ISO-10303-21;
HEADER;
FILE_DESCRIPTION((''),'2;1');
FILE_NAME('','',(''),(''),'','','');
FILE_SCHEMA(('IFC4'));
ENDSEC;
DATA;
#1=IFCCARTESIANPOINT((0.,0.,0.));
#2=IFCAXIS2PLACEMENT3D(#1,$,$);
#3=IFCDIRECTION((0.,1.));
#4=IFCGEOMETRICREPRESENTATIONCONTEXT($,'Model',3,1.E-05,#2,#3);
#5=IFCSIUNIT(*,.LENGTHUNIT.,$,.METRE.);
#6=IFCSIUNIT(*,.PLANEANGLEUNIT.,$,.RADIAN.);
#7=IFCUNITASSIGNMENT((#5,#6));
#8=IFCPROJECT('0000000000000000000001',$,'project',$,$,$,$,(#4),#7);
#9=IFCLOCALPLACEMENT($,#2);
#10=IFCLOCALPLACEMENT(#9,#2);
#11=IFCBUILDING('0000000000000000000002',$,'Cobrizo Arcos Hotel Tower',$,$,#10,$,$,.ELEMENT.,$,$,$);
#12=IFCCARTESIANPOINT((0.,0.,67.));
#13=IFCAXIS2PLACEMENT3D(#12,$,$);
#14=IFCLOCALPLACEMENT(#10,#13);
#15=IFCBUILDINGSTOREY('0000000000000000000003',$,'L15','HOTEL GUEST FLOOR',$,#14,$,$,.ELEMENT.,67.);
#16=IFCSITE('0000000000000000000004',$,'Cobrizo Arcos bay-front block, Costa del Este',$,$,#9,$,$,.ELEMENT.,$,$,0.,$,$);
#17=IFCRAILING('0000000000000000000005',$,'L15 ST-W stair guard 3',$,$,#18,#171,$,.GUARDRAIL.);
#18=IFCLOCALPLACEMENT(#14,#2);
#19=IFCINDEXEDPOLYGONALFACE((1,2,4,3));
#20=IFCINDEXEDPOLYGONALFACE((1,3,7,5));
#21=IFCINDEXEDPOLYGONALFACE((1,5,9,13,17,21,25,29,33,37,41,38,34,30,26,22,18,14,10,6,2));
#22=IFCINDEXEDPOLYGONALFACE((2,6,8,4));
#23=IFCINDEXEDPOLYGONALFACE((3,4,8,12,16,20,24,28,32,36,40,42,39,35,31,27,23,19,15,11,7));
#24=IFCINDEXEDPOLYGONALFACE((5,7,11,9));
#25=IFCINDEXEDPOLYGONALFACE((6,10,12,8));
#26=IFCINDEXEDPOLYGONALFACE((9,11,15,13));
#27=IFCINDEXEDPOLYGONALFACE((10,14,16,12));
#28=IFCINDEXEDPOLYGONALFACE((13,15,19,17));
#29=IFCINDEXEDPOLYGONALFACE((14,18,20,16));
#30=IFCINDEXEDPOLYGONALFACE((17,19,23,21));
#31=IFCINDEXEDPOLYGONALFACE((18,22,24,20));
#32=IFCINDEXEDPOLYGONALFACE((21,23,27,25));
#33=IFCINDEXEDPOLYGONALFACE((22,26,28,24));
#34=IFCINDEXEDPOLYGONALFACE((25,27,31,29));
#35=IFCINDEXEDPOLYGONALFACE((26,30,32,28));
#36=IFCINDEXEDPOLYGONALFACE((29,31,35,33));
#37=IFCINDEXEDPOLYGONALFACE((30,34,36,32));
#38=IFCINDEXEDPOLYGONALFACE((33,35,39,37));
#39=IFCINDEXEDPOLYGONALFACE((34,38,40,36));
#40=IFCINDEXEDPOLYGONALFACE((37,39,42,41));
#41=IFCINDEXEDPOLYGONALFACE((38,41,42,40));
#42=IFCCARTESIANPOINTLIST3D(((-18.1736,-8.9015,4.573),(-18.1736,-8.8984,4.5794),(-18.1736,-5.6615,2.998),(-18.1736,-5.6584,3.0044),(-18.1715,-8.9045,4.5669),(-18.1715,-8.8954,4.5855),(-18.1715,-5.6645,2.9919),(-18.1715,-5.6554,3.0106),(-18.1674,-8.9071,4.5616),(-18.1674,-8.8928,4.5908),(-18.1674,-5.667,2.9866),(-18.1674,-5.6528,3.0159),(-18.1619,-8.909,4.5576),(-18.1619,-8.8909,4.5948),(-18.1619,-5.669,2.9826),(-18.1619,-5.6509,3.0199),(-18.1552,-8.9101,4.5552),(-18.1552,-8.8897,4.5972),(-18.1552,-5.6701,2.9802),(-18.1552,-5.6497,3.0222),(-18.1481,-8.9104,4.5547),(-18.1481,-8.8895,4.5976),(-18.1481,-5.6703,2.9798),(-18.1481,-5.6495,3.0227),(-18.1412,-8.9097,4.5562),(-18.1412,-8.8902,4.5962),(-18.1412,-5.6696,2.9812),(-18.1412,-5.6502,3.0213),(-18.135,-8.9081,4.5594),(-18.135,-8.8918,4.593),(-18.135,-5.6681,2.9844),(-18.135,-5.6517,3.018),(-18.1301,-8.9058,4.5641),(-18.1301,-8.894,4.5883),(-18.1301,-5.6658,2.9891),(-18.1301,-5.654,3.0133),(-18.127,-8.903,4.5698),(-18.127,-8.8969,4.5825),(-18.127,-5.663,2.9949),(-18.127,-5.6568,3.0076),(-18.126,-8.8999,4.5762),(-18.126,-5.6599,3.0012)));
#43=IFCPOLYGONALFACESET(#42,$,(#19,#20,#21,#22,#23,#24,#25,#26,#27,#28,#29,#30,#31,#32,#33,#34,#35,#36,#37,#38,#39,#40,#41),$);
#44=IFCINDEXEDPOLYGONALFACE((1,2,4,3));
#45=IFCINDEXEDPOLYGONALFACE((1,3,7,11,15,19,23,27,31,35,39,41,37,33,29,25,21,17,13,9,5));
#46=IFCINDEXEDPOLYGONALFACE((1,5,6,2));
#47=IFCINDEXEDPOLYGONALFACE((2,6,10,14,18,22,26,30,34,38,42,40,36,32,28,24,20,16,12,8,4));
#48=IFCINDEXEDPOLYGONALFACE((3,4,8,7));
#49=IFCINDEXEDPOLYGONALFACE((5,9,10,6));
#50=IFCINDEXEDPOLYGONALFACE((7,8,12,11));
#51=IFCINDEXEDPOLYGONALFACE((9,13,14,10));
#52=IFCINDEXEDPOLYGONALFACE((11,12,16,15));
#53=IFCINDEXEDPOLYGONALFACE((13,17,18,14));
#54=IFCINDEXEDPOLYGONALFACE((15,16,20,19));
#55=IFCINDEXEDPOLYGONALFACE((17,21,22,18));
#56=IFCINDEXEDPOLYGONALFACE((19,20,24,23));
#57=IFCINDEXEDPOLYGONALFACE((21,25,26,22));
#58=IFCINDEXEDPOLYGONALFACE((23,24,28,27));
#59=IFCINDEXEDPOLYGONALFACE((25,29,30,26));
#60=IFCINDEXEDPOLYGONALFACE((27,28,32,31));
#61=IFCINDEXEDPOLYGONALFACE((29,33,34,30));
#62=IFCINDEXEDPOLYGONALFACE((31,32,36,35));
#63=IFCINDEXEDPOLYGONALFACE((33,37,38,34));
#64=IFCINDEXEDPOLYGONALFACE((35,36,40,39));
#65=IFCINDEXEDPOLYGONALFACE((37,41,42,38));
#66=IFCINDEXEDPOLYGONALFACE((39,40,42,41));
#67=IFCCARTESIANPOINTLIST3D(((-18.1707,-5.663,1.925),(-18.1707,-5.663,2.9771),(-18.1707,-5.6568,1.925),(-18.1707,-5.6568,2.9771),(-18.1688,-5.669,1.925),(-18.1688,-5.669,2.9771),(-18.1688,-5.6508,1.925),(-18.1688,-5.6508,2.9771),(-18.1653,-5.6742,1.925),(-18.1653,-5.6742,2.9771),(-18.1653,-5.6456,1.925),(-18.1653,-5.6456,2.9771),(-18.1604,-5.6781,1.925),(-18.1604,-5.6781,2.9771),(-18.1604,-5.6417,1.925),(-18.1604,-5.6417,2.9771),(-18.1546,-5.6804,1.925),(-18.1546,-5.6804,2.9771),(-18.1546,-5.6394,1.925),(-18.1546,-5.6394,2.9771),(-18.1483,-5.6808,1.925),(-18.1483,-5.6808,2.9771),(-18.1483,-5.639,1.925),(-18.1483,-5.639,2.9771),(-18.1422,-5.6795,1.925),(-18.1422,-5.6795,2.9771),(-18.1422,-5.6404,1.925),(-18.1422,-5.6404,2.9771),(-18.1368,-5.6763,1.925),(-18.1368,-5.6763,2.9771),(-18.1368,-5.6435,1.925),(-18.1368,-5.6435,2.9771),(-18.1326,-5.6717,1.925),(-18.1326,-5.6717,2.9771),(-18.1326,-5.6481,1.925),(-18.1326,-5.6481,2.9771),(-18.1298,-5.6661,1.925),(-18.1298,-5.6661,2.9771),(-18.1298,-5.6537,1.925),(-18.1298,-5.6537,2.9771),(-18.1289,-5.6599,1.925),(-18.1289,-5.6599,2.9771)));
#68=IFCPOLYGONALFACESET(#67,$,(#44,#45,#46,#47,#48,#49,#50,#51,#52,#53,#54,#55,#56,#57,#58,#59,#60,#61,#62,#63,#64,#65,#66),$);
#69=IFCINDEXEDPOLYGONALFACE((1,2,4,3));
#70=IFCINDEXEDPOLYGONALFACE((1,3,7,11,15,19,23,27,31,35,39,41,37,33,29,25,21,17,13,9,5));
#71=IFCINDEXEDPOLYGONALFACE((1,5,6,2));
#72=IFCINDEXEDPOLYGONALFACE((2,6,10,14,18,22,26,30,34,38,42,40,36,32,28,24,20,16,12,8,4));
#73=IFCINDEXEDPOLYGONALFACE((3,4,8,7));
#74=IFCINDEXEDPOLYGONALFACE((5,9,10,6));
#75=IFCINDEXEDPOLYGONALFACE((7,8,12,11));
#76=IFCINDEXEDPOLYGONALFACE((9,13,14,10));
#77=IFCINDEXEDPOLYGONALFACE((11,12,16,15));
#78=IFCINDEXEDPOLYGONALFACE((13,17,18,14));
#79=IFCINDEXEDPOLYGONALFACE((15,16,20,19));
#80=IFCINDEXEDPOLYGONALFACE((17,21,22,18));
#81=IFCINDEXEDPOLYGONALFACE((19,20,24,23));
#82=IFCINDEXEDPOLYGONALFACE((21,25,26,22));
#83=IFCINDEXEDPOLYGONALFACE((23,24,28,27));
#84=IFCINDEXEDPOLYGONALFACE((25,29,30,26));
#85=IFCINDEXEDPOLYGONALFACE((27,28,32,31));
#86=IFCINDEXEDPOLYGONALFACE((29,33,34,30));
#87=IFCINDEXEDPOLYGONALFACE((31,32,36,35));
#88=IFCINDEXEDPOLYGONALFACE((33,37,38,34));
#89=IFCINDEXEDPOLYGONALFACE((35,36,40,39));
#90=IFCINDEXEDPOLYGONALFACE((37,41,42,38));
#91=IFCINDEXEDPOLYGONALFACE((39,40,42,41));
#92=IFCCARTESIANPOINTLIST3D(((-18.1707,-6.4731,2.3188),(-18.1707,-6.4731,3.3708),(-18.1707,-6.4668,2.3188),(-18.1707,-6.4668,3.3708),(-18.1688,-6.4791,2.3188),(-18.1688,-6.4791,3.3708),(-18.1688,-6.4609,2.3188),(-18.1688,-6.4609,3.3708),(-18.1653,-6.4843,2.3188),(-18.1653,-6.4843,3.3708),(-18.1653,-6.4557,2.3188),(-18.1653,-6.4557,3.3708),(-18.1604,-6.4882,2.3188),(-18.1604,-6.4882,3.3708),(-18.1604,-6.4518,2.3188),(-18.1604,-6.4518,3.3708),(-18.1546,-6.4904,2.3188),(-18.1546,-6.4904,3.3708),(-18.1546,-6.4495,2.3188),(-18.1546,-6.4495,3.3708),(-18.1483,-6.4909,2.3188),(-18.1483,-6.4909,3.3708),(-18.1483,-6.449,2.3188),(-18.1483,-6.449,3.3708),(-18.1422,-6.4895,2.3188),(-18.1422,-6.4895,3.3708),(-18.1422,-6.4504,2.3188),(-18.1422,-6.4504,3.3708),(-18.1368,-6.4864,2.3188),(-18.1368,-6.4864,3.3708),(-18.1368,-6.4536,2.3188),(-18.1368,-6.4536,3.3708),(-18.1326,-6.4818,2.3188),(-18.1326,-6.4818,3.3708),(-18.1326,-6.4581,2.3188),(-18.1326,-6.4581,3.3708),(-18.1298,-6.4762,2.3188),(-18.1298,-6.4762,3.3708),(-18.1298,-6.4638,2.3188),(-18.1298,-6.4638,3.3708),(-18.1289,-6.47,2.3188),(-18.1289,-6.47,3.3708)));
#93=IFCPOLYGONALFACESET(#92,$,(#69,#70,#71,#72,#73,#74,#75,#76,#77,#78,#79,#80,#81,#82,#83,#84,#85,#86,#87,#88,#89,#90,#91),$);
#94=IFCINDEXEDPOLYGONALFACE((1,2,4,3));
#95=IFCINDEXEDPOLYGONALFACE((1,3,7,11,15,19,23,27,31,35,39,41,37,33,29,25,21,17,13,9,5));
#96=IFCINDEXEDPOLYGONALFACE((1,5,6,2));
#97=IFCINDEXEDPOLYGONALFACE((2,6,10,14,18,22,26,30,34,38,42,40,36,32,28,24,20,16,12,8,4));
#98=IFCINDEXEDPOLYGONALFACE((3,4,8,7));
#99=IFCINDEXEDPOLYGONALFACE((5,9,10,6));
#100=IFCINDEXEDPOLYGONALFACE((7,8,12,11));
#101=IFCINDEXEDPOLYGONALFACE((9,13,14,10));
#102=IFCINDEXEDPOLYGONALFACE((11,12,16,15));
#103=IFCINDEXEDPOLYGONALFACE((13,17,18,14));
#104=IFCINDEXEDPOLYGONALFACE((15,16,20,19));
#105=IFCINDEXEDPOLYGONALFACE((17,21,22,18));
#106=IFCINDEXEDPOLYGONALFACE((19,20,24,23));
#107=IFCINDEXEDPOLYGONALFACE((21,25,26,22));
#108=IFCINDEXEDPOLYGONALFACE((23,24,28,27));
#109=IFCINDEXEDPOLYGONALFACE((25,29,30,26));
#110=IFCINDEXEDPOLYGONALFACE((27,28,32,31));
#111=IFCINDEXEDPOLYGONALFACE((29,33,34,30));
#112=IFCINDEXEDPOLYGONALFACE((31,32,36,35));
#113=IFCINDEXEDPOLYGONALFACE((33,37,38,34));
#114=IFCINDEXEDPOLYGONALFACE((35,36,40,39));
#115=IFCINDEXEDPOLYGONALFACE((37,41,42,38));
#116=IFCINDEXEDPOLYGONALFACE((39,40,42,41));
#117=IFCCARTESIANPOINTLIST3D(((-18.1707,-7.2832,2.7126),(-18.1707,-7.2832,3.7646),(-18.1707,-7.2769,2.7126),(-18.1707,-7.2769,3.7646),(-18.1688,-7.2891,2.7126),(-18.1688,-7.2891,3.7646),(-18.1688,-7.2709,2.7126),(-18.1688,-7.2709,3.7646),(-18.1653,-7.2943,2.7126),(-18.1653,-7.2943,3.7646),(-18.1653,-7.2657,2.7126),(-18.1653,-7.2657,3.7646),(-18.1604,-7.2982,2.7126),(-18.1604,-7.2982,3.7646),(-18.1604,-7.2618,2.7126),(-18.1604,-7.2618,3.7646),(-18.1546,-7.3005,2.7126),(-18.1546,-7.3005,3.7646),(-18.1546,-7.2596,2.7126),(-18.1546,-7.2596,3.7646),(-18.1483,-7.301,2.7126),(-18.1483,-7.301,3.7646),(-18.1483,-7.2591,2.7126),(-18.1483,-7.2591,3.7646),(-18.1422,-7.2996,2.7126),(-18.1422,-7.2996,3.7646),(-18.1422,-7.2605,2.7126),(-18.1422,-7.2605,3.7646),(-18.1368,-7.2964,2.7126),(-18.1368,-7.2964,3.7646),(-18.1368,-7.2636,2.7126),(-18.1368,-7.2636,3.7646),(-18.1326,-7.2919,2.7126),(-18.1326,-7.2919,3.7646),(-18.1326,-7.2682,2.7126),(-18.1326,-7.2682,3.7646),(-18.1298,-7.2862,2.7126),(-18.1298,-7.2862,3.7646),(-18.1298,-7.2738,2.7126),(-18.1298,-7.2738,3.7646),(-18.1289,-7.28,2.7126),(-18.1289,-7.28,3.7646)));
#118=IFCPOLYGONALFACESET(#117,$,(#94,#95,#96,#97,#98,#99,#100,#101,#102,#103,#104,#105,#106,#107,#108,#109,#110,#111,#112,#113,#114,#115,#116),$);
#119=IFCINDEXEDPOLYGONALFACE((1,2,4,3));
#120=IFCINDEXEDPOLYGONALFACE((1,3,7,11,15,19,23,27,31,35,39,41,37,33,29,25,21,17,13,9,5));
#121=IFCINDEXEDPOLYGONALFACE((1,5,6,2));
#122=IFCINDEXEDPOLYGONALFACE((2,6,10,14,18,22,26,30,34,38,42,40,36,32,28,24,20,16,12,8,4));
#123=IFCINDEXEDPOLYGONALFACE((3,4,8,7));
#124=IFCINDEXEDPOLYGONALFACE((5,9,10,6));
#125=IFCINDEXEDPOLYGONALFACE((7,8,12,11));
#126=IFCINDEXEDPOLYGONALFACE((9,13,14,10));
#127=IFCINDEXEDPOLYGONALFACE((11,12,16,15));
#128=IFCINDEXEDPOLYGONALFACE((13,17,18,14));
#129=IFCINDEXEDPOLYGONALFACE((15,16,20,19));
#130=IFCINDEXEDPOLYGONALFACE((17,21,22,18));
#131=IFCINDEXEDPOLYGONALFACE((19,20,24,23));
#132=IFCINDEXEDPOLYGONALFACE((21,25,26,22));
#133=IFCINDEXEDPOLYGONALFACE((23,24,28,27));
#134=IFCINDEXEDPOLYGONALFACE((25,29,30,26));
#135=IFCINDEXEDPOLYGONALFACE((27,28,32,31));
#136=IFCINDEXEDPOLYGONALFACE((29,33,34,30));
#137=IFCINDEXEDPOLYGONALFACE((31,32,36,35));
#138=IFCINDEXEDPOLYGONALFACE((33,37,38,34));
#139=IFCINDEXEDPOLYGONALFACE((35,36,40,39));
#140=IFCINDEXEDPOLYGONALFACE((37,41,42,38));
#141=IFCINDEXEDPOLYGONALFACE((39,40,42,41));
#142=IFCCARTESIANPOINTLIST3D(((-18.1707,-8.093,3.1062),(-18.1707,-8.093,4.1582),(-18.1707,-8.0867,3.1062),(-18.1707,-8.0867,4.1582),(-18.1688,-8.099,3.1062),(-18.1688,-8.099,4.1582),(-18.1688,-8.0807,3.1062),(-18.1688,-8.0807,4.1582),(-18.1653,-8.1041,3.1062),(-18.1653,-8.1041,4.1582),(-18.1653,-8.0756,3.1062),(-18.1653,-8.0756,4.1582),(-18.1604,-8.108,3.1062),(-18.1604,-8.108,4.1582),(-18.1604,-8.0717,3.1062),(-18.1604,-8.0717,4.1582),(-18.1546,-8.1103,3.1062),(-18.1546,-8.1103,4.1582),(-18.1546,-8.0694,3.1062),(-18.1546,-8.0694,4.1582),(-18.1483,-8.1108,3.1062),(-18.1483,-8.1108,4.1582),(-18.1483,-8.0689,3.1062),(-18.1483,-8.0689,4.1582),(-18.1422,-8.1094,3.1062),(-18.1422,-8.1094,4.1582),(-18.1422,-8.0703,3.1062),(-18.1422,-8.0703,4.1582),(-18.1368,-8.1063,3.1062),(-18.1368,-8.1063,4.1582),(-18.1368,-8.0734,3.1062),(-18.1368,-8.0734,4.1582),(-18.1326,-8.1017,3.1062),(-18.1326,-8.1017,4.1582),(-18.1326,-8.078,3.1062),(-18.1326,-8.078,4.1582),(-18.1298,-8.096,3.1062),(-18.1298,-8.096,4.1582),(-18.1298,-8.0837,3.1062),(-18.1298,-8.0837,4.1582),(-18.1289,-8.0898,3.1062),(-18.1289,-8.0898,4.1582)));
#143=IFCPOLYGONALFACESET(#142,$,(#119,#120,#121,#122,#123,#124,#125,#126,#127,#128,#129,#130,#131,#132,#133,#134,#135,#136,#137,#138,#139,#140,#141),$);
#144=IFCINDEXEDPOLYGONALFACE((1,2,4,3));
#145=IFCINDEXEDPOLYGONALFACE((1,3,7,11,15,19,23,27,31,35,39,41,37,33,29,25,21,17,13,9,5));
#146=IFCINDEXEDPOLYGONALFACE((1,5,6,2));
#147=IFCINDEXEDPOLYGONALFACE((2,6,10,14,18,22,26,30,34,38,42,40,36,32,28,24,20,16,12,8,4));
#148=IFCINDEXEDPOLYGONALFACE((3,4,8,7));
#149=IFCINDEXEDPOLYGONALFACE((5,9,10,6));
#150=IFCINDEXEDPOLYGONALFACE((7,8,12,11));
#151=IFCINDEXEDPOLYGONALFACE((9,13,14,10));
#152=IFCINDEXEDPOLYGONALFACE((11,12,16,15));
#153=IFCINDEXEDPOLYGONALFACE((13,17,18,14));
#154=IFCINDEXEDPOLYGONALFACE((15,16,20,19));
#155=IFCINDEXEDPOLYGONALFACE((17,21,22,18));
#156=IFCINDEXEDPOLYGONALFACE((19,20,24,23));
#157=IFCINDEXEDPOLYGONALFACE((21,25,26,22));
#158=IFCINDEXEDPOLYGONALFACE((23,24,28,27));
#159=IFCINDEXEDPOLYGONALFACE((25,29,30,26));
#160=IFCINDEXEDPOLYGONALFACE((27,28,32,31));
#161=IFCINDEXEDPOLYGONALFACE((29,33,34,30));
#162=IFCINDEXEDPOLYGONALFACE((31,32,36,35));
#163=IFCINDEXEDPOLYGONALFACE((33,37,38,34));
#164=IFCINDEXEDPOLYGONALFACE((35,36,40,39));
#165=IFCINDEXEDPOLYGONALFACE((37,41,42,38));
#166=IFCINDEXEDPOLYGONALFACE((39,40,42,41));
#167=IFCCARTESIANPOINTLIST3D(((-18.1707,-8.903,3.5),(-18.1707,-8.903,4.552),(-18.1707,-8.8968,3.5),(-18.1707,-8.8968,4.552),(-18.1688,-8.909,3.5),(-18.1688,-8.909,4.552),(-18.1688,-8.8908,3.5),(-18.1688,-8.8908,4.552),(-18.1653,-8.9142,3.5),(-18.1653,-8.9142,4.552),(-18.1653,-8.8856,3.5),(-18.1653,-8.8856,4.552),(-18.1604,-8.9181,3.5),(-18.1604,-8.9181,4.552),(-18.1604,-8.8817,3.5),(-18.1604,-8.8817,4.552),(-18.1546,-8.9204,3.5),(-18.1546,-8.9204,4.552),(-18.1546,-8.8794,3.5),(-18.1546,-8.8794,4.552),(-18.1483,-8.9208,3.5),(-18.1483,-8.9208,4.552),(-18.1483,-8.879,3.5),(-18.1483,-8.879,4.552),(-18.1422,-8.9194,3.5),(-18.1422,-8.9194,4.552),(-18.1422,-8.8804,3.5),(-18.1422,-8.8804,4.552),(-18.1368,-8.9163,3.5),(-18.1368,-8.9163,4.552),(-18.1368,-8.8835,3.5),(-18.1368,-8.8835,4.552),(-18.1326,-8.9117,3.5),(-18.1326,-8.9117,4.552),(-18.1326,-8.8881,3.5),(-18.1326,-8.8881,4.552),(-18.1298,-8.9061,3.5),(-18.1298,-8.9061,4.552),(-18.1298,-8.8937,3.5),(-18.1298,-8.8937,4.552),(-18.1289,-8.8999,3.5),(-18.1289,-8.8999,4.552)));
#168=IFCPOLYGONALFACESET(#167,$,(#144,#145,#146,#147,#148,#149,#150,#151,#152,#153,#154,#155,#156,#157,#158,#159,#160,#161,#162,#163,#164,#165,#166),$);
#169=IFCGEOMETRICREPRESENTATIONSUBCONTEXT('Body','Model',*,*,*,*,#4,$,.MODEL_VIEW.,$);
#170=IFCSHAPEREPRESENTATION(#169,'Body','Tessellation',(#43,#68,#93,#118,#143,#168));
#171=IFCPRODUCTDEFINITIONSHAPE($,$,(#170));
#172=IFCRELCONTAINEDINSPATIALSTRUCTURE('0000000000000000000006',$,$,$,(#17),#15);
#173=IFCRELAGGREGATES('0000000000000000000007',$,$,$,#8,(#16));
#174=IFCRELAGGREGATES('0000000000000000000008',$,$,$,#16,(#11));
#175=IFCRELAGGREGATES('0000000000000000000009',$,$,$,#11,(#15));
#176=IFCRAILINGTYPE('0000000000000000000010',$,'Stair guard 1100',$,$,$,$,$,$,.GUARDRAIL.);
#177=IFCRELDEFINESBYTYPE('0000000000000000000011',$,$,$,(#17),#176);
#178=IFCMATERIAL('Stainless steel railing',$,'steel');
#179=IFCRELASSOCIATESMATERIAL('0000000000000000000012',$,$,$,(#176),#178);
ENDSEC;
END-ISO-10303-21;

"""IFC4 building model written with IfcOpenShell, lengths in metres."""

from ifc_helpers import new_model, si_unit, direction, frame, origin, origin_2d, place, context, subcontext, project, spatial, circle, extrude, material, type_object, element, save


model = new_model("IFC4")

# Units and contexts
model_context = context("Model", 3, precision=1e-05, world=origin(), true_north=direction((0.0, 1.0)))
body_context = subcontext(model_context, "Body", "Model", "MODEL_VIEW")
ifc_project = project(units=[si_unit("LENGTHUNIT", "METRE"), si_unit("PLANEANGLEUNIT", "RADIAN")], contexts=[model_context])

# Site, building, storey
site_placement = place(None, origin())
site = spatial("IfcSite", under=ifc_project, at=site_placement, Name="Cobrizo Arcos bay-front block, Costa del Este", CompositionType="ELEMENT", RefElevation=0.0)
building_placement = place(site_placement, origin())
building = spatial("IfcBuilding", under=site, at=building_placement, Name="Cobrizo Arcos Hotel Tower", CompositionType="ELEMENT")
storey_placement = place(building_placement, frame((0.0, 0.0, 67.0)))
storey = spatial("IfcBuildingStorey", under=building, at=storey_placement, Name="L15", Description="HOTEL GUEST FLOOR", CompositionType="ELEMENT", Elevation=67.0)

# Railing
ifc_material_1 = material(Name="Stainless steel railing", Category="steel")
railing_type_1 = type_object("IfcRailingType", Name="Stair guard 1100", PredefinedType="GUARDRAIL", material=ifc_material_1)
railing_1_placement = place(storey_placement, frame((-18.1499, -5.6599, 1.925)))
element("IfcRailing", 1, at=railing_1_placement, inside=storey, type_object=railing_type_1, Name="L15 ST-W stair guard 3", PredefinedType="GUARDRAIL", context=body_context, shape_type="SweptSolid", body=[
    extrude(circle(Radius=0.0239, at=origin_2d()), frame((0.0, 0.0, 1.0762), z_axis=(0.0, -0.899373, 0.437183), x_axis=(1.0, 0.0, 0.0)), (0.0, 0.0, 1.0), 3.6025),
    extrude(circle(Radius=0.021, at=origin_2d()), origin(), (0.0, 0.0, 1.0), 1.052),
    extrude(circle(Radius=0.021, at=origin_2d()), frame((0.0, -0.8101, 0.3938)), (0.0, 0.0, 1.0), 1.052),
    extrude(circle(Radius=0.021, at=origin_2d()), frame((0.0, -1.6201, 0.7876)), (0.0, 0.0, 1.0), 1.052),
    extrude(circle(Radius=0.021, at=origin_2d()), frame((0.0, -2.4299, 1.1812)), (0.0, 0.0, 1.0), 1.052),
    extrude(circle(Radius=0.021, at=origin_2d()), frame((0.0, -3.24, 1.575)), (0.0, 0.0, 1.0), 1.052),
])

save(model, "model.ifc")
